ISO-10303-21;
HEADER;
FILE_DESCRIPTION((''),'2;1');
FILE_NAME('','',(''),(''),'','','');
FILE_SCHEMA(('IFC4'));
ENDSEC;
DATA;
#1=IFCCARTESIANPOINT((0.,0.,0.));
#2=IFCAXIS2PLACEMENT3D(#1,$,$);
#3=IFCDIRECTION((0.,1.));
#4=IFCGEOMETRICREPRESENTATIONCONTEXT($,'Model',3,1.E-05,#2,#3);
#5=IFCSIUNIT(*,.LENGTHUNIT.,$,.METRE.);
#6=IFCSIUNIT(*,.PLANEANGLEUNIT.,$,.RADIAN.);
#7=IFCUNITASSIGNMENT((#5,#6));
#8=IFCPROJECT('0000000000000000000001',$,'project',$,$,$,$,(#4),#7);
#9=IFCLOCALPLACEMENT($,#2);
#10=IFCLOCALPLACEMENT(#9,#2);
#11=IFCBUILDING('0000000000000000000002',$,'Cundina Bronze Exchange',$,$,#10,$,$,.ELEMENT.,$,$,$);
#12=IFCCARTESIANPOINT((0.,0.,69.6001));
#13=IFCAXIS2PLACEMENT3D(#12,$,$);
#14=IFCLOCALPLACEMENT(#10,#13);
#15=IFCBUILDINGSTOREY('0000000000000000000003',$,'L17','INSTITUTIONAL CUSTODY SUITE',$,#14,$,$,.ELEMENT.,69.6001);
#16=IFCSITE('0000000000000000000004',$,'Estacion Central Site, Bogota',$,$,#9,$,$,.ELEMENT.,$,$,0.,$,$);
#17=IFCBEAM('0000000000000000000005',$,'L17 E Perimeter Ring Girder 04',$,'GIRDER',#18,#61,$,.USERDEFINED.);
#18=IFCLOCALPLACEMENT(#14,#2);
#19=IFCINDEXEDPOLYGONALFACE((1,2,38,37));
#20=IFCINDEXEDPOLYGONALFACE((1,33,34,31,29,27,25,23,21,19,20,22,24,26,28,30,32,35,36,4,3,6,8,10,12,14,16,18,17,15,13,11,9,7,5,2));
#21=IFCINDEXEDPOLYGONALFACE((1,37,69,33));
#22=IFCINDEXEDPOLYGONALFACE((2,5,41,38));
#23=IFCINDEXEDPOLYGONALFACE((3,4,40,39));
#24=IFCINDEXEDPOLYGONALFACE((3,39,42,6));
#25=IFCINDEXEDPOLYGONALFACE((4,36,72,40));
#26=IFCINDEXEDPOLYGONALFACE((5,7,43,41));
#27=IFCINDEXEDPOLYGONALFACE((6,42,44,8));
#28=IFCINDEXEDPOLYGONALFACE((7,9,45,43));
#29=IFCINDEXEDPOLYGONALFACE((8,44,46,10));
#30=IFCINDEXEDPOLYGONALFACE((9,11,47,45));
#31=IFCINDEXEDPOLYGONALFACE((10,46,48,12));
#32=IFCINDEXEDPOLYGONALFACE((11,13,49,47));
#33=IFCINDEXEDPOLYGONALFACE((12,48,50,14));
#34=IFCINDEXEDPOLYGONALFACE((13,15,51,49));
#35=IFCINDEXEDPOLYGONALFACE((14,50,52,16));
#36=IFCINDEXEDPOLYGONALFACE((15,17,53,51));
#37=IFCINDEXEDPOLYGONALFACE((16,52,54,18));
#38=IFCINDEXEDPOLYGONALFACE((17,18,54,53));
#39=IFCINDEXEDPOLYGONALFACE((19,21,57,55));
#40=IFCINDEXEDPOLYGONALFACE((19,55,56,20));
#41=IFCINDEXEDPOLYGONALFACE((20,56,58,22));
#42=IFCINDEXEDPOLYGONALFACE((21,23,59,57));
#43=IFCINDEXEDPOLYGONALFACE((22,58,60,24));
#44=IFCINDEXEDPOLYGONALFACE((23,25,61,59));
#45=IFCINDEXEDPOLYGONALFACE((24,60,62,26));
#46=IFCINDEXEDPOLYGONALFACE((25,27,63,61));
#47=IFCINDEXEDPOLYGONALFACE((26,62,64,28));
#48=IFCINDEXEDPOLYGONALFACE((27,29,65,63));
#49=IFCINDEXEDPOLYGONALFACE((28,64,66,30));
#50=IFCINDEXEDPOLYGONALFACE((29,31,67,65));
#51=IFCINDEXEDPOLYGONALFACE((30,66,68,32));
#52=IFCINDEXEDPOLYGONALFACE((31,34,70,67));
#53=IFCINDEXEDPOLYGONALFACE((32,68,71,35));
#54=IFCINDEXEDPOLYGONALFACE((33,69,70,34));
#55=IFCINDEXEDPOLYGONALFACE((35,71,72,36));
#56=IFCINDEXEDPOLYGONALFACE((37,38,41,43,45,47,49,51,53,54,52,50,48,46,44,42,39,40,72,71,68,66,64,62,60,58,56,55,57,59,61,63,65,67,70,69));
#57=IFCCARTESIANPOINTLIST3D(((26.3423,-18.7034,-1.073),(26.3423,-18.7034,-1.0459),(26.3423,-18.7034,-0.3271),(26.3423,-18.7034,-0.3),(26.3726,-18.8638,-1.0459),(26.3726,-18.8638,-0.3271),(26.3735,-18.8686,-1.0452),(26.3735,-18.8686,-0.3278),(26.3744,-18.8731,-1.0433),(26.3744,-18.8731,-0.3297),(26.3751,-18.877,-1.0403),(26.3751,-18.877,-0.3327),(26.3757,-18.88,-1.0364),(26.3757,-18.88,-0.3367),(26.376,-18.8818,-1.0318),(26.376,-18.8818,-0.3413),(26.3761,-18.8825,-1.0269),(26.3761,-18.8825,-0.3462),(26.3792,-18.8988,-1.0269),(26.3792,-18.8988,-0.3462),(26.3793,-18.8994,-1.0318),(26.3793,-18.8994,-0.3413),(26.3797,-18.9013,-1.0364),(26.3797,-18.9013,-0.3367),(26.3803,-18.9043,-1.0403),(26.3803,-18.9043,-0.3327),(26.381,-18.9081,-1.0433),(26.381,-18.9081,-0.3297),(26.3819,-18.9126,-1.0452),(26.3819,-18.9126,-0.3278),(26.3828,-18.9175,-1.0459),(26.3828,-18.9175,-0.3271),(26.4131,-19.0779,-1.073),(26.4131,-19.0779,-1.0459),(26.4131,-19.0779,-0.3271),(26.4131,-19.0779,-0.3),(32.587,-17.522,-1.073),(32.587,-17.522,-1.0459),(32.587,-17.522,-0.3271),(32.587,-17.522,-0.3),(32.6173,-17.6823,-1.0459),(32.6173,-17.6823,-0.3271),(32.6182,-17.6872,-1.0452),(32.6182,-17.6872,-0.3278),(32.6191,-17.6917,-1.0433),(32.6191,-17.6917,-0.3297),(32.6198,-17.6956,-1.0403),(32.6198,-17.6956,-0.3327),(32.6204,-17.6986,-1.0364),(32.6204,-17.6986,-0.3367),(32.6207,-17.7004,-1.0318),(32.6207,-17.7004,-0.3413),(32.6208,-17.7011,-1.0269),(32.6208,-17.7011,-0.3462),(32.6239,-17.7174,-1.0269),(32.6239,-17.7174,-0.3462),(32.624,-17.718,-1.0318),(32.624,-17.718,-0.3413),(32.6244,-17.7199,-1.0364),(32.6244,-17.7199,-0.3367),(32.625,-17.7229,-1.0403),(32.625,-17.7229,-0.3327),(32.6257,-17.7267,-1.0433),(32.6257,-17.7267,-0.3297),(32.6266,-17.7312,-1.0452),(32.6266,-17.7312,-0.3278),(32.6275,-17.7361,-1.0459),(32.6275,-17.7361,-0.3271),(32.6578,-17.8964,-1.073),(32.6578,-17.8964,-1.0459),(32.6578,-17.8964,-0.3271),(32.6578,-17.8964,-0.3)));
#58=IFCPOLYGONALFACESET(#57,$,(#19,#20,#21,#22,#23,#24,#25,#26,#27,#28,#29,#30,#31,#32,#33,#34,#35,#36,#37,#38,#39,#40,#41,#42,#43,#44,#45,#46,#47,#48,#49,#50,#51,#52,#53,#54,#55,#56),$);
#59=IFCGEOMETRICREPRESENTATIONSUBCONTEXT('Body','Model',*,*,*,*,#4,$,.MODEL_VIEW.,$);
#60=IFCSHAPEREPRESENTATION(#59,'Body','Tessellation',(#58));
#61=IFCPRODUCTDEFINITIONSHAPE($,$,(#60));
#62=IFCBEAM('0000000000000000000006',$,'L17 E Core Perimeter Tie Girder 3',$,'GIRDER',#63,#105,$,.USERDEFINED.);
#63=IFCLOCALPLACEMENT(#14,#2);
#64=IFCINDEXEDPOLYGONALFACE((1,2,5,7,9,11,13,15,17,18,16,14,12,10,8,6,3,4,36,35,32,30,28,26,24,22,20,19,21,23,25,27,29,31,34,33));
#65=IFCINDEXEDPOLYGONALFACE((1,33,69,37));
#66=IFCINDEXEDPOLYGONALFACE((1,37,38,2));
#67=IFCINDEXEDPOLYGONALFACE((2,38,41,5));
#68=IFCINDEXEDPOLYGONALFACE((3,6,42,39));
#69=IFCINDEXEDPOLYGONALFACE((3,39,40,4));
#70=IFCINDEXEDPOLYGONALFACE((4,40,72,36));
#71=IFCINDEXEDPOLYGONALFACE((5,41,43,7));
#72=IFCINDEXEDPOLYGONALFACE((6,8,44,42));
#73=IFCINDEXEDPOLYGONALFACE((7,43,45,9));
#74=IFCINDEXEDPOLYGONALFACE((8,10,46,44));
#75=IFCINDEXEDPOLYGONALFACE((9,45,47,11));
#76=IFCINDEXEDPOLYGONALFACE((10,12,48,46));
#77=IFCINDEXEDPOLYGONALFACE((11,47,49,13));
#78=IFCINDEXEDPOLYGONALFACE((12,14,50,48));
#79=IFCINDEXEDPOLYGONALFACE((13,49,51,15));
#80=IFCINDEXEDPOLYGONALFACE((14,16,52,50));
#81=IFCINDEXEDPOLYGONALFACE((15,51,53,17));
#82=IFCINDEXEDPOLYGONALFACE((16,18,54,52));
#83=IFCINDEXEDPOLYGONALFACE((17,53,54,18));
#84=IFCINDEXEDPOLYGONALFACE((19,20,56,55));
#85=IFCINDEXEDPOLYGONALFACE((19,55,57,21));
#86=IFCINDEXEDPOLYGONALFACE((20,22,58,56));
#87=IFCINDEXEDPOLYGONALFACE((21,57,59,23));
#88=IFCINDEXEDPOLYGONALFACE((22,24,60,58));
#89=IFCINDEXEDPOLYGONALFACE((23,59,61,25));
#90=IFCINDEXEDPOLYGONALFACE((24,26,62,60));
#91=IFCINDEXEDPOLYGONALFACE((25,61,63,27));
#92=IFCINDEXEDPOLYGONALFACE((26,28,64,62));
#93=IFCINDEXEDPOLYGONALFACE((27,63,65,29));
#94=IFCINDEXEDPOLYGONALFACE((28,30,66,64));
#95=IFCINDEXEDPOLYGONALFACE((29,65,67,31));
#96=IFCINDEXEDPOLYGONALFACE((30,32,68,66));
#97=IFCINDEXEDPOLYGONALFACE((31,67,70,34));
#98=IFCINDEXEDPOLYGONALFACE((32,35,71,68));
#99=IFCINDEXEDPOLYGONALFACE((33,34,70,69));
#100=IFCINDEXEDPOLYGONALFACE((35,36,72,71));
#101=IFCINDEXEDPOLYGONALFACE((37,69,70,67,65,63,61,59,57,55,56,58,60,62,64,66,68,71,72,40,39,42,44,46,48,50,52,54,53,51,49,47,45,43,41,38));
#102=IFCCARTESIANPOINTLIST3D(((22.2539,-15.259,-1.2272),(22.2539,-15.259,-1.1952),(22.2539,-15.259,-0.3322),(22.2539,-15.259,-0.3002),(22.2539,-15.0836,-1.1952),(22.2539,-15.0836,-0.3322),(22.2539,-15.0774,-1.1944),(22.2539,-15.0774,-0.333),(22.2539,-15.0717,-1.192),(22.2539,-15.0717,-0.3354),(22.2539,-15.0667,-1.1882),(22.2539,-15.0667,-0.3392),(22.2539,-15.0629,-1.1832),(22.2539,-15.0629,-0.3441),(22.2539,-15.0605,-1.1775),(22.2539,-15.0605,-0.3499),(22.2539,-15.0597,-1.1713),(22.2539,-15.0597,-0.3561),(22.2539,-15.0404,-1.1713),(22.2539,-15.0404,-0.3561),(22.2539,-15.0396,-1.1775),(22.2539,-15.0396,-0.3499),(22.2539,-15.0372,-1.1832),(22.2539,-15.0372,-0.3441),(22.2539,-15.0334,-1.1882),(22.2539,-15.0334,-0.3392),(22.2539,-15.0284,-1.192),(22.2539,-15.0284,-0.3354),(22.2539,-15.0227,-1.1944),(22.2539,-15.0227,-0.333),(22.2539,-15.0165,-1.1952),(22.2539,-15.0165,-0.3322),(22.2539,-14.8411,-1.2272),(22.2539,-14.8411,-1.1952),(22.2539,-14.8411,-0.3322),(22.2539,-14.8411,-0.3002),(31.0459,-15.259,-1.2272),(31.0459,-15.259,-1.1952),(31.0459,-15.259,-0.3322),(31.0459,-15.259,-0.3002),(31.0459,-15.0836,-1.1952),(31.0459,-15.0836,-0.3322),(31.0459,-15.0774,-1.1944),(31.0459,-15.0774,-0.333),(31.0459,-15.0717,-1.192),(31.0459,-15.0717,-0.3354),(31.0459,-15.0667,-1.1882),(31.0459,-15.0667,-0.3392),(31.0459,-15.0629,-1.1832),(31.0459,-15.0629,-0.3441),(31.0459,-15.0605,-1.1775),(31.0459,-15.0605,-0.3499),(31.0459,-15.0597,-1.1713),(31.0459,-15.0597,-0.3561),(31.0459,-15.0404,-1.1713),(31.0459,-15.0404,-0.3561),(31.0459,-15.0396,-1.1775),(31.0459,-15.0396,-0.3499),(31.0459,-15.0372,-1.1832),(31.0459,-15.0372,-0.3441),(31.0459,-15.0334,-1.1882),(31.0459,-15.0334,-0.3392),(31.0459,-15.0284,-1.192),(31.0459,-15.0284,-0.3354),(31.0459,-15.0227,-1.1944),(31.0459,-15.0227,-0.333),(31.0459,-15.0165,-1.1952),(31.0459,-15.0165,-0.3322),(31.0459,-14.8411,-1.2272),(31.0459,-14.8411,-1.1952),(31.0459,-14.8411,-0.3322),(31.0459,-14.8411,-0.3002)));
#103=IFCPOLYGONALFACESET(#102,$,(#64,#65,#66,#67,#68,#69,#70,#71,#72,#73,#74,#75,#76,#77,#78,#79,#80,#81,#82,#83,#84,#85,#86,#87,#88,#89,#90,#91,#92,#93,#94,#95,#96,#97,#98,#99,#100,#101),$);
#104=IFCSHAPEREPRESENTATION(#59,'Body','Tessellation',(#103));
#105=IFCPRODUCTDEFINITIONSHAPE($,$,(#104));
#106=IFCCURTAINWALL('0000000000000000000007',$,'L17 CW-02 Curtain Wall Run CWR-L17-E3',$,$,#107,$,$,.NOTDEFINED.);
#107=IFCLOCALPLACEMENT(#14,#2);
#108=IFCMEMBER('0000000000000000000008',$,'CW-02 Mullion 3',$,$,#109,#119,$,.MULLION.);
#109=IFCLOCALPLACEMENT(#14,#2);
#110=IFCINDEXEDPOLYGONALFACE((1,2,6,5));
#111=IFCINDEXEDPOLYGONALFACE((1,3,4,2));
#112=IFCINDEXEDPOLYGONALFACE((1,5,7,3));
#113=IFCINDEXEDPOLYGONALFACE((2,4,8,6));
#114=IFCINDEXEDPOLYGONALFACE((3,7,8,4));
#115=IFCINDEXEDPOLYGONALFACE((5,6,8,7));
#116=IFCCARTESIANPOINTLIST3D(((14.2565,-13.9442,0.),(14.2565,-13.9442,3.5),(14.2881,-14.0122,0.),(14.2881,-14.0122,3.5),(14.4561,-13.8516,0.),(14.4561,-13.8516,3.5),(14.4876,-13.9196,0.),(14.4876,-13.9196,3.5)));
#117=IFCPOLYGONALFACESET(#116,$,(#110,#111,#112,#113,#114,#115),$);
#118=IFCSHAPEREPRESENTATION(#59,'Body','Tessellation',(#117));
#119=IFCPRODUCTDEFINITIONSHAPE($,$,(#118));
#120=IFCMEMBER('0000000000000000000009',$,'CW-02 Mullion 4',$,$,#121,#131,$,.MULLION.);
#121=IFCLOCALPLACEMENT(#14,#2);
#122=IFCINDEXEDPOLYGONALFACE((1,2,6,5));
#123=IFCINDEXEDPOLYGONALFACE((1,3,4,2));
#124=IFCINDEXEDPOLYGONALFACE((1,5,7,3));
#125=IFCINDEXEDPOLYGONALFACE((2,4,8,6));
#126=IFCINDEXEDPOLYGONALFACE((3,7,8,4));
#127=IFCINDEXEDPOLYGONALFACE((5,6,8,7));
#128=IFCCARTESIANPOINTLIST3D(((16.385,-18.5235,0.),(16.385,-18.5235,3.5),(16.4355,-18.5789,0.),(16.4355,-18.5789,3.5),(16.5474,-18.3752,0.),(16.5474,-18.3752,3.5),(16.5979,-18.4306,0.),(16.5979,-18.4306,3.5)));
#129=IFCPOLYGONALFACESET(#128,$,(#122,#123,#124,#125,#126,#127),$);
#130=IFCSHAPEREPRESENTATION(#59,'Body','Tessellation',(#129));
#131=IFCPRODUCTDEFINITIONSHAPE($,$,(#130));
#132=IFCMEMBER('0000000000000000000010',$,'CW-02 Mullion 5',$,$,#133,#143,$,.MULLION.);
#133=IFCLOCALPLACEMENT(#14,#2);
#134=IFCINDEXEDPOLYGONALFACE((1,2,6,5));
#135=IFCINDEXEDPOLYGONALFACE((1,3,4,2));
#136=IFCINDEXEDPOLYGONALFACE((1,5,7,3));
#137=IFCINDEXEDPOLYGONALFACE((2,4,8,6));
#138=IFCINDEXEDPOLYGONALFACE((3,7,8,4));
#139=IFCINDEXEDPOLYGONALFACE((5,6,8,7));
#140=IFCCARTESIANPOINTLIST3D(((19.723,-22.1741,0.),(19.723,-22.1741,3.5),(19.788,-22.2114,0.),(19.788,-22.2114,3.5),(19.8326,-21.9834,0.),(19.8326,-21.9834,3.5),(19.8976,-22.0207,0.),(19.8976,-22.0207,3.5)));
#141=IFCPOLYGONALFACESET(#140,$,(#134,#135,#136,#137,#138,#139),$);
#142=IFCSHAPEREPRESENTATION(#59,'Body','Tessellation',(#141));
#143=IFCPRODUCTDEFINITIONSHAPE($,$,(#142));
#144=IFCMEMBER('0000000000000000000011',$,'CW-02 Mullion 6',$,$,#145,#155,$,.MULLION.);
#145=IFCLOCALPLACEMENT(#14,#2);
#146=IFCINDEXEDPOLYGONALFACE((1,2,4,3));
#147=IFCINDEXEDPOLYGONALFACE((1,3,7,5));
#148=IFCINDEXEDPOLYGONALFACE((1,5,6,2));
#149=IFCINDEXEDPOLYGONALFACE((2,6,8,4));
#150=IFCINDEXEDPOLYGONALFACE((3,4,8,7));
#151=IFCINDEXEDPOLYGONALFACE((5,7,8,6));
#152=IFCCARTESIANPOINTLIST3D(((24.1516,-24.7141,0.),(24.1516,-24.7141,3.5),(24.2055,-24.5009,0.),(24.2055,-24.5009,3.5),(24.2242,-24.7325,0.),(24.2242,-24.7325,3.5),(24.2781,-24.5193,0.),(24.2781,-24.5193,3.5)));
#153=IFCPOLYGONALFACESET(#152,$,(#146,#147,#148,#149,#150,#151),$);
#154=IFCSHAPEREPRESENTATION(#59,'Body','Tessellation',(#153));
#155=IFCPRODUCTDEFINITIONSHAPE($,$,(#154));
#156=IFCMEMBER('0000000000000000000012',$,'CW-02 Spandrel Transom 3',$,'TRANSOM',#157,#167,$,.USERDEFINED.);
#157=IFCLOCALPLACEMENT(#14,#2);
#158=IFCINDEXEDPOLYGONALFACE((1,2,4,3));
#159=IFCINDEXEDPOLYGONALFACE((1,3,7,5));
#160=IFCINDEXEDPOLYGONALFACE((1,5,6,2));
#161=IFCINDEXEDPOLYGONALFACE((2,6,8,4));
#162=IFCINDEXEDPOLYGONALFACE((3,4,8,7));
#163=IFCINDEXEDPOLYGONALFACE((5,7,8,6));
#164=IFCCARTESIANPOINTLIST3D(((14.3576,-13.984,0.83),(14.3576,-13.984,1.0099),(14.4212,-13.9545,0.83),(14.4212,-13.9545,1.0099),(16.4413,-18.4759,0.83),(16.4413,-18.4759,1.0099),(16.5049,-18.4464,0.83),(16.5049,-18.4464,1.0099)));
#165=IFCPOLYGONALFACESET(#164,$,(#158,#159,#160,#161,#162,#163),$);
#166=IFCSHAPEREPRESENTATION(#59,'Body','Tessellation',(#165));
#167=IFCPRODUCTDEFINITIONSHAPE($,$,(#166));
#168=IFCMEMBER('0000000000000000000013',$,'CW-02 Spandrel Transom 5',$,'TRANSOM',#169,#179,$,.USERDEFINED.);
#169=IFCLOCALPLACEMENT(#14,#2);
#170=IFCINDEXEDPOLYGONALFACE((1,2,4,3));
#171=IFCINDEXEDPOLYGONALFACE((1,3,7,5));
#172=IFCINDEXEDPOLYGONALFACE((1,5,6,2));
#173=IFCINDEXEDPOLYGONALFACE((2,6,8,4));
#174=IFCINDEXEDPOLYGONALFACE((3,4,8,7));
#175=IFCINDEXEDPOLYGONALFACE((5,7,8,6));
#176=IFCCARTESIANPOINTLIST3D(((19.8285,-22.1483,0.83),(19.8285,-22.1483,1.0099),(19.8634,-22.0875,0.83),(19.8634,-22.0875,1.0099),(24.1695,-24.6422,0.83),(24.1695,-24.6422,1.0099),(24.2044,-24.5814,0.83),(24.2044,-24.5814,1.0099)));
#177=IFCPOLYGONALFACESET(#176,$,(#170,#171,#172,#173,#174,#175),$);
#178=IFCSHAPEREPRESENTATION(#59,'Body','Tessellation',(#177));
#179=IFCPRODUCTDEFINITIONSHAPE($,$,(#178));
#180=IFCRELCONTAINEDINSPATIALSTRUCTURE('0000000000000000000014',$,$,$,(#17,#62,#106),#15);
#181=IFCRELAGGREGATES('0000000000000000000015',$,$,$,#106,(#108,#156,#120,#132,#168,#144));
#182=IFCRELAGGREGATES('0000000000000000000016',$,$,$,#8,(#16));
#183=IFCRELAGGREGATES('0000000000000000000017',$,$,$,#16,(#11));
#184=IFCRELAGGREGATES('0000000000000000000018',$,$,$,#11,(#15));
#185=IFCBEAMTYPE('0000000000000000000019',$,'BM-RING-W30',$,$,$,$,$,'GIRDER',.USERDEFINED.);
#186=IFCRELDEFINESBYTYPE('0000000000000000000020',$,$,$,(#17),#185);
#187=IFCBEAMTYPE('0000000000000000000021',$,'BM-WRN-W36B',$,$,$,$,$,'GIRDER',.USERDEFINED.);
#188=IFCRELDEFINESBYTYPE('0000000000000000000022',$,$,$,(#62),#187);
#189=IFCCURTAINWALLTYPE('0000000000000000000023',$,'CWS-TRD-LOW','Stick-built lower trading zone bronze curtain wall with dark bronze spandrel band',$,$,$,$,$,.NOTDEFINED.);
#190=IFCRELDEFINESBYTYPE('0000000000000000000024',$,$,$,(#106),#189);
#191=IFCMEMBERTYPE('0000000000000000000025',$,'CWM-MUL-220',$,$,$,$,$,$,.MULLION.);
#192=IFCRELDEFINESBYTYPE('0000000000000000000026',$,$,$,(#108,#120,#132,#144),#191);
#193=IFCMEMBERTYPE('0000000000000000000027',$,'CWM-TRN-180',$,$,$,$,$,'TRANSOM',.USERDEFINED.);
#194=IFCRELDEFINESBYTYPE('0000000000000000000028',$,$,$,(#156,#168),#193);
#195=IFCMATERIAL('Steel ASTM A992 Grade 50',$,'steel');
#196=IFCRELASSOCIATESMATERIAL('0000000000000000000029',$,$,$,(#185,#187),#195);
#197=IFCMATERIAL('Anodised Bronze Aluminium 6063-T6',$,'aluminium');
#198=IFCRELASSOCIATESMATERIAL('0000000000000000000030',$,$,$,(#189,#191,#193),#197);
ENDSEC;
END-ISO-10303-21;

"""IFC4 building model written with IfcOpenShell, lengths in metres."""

from ifc_helpers import new_model, si_unit, direction, frame, origin, origin_2d, place, context, subcontext, project, spatial, rectangle, i_section, extrude, material, material_profile, profile_set, type_object, element, aggregate, save


model = new_model("IFC4")

# Units and contexts
model_context = context("Model", 3, precision=1e-05, world=origin(), true_north=direction((0.0, 1.0)))
body_context = subcontext(model_context, "Body", "Model", "MODEL_VIEW")
ifc_project = project(units=[si_unit("LENGTHUNIT", "METRE"), si_unit("PLANEANGLEUNIT", "RADIAN")], contexts=[model_context])

# Site, building, storey
site_placement = place(None, origin())
site = spatial("IfcSite", under=ifc_project, at=site_placement, Name="Estacion Central Site, Bogota", CompositionType="ELEMENT", RefElevation=0.0)
building_placement = place(site_placement, origin())
building = spatial("IfcBuilding", under=site, at=building_placement, Name="Cundina Bronze Exchange", CompositionType="ELEMENT")
storey_placement = place(building_placement, frame((0.0, 0.0, 69.6001)))
storey = spatial("IfcBuildingStorey", under=building, at=storey_placement, Name="L17", Description="INSTITUTIONAL CUSTODY SUITE", CompositionType="ELEMENT", Elevation=69.6001)

# Shared definitions
ifc_material_1 = material(Name="Steel ASTM A992 Grade 50", Category="steel")

# Beams
ifc_material_profile_1 = material_profile(ifc_material_1, i_section(OverallWidth=0.3811, OverallDepth=0.7729, WebThickness=0.0166, FlangeThickness=0.0271, FilletRadius=0.019, at=origin_2d()), Name="W30X173", Category="steel")
ifc_profile_set_1 = profile_set([ifc_material_profile_1], Name="Steel ASTM A992 Grade 50")
beam_type_1 = type_object("IfcBeamType", Name="BM-RING-W30", ElementType="GIRDER", PredefinedType="USERDEFINED", material=ifc_profile_set_1)
beam_1_placement = place(storey_placement, frame((26.3777, -18.8906, -0.6865), z_axis=(0.982571, 0.185889, 0.0), x_axis=(-0.185889, 0.982571, 0.0)))
element("IfcBeam", 1, at=beam_1_placement, inside=storey, type_object=beam_type_1, Name="L17 E Perimeter Ring Girder 04", ObjectType="GIRDER", PredefinedType="USERDEFINED", context=body_context, shape_type="SweptSolid", body=[
    extrude(i_section(OverallWidth=0.3811, OverallDepth=0.7729, WebThickness=0.0166, FlangeThickness=0.0271, FilletRadius=0.019, at=origin_2d()), origin(), (0.0, 0.0, 1.0), 6.3555),
])
ifc_material_profile_2 = material_profile(ifc_material_1, i_section(OverallWidth=0.418, OverallDepth=0.927, WebThickness=0.0193, FlangeThickness=0.032, FilletRadius=0.0239, at=origin_2d()), Name="W36X231", Category="steel")
ifc_profile_set_2 = profile_set([ifc_material_profile_2], Name="Steel ASTM A992 Grade 50")
beam_type_2 = type_object("IfcBeamType", Name="BM-WRN-W36B", ElementType="GIRDER", PredefinedType="USERDEFINED", material=ifc_profile_set_2)
beam_2_placement = place(storey_placement, frame((22.2539, -15.05, -0.7637), z_axis=(1.0, 0.0, 0.0), x_axis=(0.0, 1.0, 0.0)))
element("IfcBeam", 2, at=beam_2_placement, inside=storey, type_object=beam_type_2, Name="L17 E Core Perimeter Tie Girder 3", ObjectType="GIRDER", PredefinedType="USERDEFINED", context=body_context, shape_type="SweptSolid", body=[
    extrude(i_section(OverallWidth=0.418, OverallDepth=0.927, WebThickness=0.0193, FlangeThickness=0.032, FilletRadius=0.0239, at=origin_2d()), origin(), (0.0, 0.0, 1.0), 8.792),
])

# Curtain wall, members
ifc_material_2 = material(Name="Anodised Bronze Aluminium 6063-T6", Category="aluminium")
curtain_wall_type = type_object("IfcCurtainWallType", Name="CWS-TRD-LOW", Description="Stick-built lower trading zone bronze curtain wall with dark bronze spandrel band", PredefinedType="NOTDEFINED", material=ifc_material_2)
curtain_wall_placement = place(storey_placement, origin())
curtain_wall = element("IfcCurtainWall", 3, at=curtain_wall_placement, inside=storey, type_object=curtain_wall_type, Name="L17 CW-02 Curtain Wall Run CWR-L17-E3", PredefinedType="NOTDEFINED")
ifc_material_profile_3 = material_profile(ifc_material_2, rectangle(XDim=0.075, YDim=0.22, at=origin_2d()), Name="AL75X220", Category="aluminium")
ifc_profile_set_3 = profile_set([ifc_material_profile_3], Name="Anodised Bronze Aluminium 6063-T6")
member_type_1 = type_object("IfcMemberType", Name="CWM-MUL-220", PredefinedType="MULLION", material=ifc_profile_set_3)
member_1_placement = place(storey_placement, frame((14.3721, -13.9319, 0.0), z_axis=(0.0, 0.0, 1.0), x_axis=(0.420877, -0.907117, 0.0)))
member_1 = element("IfcMember", 4, at=member_1_placement, type_object=member_type_1, Name="CW-02 Mullion 3", PredefinedType="MULLION", context=body_context, shape_type="SweptSolid", body=[
    extrude(rectangle(XDim=0.075, YDim=0.22, at=origin_2d()), origin(), (0.0, 0.0, 1.0), 3.5),
])
member_2_placement = place(storey_placement, frame((16.4915, -18.4771, 0.0), z_axis=(0.0, 0.0, 1.0), x_axis=(0.674302, -0.738455, 0.0)))
member_2 = element("IfcMember", 5, at=member_2_placement, type_object=member_type_1, Name="CW-02 Mullion 4", PredefinedType="MULLION", context=body_context, shape_type="SweptSolid", body=[
    extrude(rectangle(XDim=0.075, YDim=0.22, at=origin_2d()), origin(), (0.0, 0.0, 1.0), 3.5),
])
member_3_placement = place(storey_placement, frame((19.8103, -22.0974, 0.0), z_axis=(0.0, 0.0, 1.0), x_axis=(0.867071, -0.498185, 0.0)))
member_3 = element("IfcMember", 6, at=member_3_placement, type_object=member_type_1, Name="CW-02 Mullion 5", PredefinedType="MULLION", context=body_context, shape_type="SweptSolid", body=[
    extrude(rectangle(XDim=0.075, YDim=0.22, at=origin_2d()), origin(), (0.0, 0.0, 1.0), 3.5),
])
member_4_placement = place(storey_placement, frame((24.2148, -24.6167, 0.0), z_axis=(0.0, 0.0, 1.0), x_axis=(0.969488, -0.245138, 0.0)))
member_4 = element("IfcMember", 7, at=member_4_placement, type_object=member_type_1, Name="CW-02 Mullion 6", PredefinedType="MULLION", context=body_context, shape_type="SweptSolid", body=[
    extrude(rectangle(XDim=0.075, YDim=0.22, at=origin_2d()), origin(), (0.0, 0.0, 1.0), 3.5),
])
ifc_material_profile_4 = material_profile(ifc_material_2, rectangle(XDim=0.0701, YDim=0.1799, at=origin_2d()), Name="AL70X180", Category="aluminium")
ifc_profile_set_4 = profile_set([ifc_material_profile_4], Name="Anodised Bronze Aluminium 6063-T6")
member_type_2 = type_object("IfcMemberType", Name="CWM-TRN-180", ElementType="TRANSOM", PredefinedType="USERDEFINED", material=ifc_profile_set_4)
member_5_placement = place(storey_placement, frame((14.3894, -13.9692, 0.9199), z_axis=(0.420811, -0.907148, 0.0), x_axis=(0.907148, 0.420811, 0.0)))
member_5 = element("IfcMember", 8, at=member_5_placement, type_object=member_type_2, Name="CW-02 Spandrel Transom 3", ObjectType="TRANSOM", PredefinedType="USERDEFINED", context=body_context, shape_type="SweptSolid", body=[
    extrude(rectangle(XDim=0.0701, YDim=0.1799, at=origin_2d()), origin(), (0.0, 0.0, 1.0), 4.9517),
])
member_6_placement = place(storey_placement, frame((19.8459, -22.1179, 0.9199), z_axis=(0.867097, -0.498139, 0.0), x_axis=(0.498139, 0.867097, 0.0)))
member_6 = element("IfcMember", 9, at=member_6_placement, type_object=member_type_2, Name="CW-02 Spandrel Transom 5", ObjectType="TRANSOM", PredefinedType="USERDEFINED", context=body_context, shape_type="SweptSolid", body=[
    extrude(rectangle(XDim=0.0701, YDim=0.1799, at=origin_2d()), origin(), (0.0, 0.0, 1.0), 5.0063),
])
aggregate(curtain_wall, [member_1, member_5, member_2, member_3, member_6, member_4])

save(model, "model.ifc")
